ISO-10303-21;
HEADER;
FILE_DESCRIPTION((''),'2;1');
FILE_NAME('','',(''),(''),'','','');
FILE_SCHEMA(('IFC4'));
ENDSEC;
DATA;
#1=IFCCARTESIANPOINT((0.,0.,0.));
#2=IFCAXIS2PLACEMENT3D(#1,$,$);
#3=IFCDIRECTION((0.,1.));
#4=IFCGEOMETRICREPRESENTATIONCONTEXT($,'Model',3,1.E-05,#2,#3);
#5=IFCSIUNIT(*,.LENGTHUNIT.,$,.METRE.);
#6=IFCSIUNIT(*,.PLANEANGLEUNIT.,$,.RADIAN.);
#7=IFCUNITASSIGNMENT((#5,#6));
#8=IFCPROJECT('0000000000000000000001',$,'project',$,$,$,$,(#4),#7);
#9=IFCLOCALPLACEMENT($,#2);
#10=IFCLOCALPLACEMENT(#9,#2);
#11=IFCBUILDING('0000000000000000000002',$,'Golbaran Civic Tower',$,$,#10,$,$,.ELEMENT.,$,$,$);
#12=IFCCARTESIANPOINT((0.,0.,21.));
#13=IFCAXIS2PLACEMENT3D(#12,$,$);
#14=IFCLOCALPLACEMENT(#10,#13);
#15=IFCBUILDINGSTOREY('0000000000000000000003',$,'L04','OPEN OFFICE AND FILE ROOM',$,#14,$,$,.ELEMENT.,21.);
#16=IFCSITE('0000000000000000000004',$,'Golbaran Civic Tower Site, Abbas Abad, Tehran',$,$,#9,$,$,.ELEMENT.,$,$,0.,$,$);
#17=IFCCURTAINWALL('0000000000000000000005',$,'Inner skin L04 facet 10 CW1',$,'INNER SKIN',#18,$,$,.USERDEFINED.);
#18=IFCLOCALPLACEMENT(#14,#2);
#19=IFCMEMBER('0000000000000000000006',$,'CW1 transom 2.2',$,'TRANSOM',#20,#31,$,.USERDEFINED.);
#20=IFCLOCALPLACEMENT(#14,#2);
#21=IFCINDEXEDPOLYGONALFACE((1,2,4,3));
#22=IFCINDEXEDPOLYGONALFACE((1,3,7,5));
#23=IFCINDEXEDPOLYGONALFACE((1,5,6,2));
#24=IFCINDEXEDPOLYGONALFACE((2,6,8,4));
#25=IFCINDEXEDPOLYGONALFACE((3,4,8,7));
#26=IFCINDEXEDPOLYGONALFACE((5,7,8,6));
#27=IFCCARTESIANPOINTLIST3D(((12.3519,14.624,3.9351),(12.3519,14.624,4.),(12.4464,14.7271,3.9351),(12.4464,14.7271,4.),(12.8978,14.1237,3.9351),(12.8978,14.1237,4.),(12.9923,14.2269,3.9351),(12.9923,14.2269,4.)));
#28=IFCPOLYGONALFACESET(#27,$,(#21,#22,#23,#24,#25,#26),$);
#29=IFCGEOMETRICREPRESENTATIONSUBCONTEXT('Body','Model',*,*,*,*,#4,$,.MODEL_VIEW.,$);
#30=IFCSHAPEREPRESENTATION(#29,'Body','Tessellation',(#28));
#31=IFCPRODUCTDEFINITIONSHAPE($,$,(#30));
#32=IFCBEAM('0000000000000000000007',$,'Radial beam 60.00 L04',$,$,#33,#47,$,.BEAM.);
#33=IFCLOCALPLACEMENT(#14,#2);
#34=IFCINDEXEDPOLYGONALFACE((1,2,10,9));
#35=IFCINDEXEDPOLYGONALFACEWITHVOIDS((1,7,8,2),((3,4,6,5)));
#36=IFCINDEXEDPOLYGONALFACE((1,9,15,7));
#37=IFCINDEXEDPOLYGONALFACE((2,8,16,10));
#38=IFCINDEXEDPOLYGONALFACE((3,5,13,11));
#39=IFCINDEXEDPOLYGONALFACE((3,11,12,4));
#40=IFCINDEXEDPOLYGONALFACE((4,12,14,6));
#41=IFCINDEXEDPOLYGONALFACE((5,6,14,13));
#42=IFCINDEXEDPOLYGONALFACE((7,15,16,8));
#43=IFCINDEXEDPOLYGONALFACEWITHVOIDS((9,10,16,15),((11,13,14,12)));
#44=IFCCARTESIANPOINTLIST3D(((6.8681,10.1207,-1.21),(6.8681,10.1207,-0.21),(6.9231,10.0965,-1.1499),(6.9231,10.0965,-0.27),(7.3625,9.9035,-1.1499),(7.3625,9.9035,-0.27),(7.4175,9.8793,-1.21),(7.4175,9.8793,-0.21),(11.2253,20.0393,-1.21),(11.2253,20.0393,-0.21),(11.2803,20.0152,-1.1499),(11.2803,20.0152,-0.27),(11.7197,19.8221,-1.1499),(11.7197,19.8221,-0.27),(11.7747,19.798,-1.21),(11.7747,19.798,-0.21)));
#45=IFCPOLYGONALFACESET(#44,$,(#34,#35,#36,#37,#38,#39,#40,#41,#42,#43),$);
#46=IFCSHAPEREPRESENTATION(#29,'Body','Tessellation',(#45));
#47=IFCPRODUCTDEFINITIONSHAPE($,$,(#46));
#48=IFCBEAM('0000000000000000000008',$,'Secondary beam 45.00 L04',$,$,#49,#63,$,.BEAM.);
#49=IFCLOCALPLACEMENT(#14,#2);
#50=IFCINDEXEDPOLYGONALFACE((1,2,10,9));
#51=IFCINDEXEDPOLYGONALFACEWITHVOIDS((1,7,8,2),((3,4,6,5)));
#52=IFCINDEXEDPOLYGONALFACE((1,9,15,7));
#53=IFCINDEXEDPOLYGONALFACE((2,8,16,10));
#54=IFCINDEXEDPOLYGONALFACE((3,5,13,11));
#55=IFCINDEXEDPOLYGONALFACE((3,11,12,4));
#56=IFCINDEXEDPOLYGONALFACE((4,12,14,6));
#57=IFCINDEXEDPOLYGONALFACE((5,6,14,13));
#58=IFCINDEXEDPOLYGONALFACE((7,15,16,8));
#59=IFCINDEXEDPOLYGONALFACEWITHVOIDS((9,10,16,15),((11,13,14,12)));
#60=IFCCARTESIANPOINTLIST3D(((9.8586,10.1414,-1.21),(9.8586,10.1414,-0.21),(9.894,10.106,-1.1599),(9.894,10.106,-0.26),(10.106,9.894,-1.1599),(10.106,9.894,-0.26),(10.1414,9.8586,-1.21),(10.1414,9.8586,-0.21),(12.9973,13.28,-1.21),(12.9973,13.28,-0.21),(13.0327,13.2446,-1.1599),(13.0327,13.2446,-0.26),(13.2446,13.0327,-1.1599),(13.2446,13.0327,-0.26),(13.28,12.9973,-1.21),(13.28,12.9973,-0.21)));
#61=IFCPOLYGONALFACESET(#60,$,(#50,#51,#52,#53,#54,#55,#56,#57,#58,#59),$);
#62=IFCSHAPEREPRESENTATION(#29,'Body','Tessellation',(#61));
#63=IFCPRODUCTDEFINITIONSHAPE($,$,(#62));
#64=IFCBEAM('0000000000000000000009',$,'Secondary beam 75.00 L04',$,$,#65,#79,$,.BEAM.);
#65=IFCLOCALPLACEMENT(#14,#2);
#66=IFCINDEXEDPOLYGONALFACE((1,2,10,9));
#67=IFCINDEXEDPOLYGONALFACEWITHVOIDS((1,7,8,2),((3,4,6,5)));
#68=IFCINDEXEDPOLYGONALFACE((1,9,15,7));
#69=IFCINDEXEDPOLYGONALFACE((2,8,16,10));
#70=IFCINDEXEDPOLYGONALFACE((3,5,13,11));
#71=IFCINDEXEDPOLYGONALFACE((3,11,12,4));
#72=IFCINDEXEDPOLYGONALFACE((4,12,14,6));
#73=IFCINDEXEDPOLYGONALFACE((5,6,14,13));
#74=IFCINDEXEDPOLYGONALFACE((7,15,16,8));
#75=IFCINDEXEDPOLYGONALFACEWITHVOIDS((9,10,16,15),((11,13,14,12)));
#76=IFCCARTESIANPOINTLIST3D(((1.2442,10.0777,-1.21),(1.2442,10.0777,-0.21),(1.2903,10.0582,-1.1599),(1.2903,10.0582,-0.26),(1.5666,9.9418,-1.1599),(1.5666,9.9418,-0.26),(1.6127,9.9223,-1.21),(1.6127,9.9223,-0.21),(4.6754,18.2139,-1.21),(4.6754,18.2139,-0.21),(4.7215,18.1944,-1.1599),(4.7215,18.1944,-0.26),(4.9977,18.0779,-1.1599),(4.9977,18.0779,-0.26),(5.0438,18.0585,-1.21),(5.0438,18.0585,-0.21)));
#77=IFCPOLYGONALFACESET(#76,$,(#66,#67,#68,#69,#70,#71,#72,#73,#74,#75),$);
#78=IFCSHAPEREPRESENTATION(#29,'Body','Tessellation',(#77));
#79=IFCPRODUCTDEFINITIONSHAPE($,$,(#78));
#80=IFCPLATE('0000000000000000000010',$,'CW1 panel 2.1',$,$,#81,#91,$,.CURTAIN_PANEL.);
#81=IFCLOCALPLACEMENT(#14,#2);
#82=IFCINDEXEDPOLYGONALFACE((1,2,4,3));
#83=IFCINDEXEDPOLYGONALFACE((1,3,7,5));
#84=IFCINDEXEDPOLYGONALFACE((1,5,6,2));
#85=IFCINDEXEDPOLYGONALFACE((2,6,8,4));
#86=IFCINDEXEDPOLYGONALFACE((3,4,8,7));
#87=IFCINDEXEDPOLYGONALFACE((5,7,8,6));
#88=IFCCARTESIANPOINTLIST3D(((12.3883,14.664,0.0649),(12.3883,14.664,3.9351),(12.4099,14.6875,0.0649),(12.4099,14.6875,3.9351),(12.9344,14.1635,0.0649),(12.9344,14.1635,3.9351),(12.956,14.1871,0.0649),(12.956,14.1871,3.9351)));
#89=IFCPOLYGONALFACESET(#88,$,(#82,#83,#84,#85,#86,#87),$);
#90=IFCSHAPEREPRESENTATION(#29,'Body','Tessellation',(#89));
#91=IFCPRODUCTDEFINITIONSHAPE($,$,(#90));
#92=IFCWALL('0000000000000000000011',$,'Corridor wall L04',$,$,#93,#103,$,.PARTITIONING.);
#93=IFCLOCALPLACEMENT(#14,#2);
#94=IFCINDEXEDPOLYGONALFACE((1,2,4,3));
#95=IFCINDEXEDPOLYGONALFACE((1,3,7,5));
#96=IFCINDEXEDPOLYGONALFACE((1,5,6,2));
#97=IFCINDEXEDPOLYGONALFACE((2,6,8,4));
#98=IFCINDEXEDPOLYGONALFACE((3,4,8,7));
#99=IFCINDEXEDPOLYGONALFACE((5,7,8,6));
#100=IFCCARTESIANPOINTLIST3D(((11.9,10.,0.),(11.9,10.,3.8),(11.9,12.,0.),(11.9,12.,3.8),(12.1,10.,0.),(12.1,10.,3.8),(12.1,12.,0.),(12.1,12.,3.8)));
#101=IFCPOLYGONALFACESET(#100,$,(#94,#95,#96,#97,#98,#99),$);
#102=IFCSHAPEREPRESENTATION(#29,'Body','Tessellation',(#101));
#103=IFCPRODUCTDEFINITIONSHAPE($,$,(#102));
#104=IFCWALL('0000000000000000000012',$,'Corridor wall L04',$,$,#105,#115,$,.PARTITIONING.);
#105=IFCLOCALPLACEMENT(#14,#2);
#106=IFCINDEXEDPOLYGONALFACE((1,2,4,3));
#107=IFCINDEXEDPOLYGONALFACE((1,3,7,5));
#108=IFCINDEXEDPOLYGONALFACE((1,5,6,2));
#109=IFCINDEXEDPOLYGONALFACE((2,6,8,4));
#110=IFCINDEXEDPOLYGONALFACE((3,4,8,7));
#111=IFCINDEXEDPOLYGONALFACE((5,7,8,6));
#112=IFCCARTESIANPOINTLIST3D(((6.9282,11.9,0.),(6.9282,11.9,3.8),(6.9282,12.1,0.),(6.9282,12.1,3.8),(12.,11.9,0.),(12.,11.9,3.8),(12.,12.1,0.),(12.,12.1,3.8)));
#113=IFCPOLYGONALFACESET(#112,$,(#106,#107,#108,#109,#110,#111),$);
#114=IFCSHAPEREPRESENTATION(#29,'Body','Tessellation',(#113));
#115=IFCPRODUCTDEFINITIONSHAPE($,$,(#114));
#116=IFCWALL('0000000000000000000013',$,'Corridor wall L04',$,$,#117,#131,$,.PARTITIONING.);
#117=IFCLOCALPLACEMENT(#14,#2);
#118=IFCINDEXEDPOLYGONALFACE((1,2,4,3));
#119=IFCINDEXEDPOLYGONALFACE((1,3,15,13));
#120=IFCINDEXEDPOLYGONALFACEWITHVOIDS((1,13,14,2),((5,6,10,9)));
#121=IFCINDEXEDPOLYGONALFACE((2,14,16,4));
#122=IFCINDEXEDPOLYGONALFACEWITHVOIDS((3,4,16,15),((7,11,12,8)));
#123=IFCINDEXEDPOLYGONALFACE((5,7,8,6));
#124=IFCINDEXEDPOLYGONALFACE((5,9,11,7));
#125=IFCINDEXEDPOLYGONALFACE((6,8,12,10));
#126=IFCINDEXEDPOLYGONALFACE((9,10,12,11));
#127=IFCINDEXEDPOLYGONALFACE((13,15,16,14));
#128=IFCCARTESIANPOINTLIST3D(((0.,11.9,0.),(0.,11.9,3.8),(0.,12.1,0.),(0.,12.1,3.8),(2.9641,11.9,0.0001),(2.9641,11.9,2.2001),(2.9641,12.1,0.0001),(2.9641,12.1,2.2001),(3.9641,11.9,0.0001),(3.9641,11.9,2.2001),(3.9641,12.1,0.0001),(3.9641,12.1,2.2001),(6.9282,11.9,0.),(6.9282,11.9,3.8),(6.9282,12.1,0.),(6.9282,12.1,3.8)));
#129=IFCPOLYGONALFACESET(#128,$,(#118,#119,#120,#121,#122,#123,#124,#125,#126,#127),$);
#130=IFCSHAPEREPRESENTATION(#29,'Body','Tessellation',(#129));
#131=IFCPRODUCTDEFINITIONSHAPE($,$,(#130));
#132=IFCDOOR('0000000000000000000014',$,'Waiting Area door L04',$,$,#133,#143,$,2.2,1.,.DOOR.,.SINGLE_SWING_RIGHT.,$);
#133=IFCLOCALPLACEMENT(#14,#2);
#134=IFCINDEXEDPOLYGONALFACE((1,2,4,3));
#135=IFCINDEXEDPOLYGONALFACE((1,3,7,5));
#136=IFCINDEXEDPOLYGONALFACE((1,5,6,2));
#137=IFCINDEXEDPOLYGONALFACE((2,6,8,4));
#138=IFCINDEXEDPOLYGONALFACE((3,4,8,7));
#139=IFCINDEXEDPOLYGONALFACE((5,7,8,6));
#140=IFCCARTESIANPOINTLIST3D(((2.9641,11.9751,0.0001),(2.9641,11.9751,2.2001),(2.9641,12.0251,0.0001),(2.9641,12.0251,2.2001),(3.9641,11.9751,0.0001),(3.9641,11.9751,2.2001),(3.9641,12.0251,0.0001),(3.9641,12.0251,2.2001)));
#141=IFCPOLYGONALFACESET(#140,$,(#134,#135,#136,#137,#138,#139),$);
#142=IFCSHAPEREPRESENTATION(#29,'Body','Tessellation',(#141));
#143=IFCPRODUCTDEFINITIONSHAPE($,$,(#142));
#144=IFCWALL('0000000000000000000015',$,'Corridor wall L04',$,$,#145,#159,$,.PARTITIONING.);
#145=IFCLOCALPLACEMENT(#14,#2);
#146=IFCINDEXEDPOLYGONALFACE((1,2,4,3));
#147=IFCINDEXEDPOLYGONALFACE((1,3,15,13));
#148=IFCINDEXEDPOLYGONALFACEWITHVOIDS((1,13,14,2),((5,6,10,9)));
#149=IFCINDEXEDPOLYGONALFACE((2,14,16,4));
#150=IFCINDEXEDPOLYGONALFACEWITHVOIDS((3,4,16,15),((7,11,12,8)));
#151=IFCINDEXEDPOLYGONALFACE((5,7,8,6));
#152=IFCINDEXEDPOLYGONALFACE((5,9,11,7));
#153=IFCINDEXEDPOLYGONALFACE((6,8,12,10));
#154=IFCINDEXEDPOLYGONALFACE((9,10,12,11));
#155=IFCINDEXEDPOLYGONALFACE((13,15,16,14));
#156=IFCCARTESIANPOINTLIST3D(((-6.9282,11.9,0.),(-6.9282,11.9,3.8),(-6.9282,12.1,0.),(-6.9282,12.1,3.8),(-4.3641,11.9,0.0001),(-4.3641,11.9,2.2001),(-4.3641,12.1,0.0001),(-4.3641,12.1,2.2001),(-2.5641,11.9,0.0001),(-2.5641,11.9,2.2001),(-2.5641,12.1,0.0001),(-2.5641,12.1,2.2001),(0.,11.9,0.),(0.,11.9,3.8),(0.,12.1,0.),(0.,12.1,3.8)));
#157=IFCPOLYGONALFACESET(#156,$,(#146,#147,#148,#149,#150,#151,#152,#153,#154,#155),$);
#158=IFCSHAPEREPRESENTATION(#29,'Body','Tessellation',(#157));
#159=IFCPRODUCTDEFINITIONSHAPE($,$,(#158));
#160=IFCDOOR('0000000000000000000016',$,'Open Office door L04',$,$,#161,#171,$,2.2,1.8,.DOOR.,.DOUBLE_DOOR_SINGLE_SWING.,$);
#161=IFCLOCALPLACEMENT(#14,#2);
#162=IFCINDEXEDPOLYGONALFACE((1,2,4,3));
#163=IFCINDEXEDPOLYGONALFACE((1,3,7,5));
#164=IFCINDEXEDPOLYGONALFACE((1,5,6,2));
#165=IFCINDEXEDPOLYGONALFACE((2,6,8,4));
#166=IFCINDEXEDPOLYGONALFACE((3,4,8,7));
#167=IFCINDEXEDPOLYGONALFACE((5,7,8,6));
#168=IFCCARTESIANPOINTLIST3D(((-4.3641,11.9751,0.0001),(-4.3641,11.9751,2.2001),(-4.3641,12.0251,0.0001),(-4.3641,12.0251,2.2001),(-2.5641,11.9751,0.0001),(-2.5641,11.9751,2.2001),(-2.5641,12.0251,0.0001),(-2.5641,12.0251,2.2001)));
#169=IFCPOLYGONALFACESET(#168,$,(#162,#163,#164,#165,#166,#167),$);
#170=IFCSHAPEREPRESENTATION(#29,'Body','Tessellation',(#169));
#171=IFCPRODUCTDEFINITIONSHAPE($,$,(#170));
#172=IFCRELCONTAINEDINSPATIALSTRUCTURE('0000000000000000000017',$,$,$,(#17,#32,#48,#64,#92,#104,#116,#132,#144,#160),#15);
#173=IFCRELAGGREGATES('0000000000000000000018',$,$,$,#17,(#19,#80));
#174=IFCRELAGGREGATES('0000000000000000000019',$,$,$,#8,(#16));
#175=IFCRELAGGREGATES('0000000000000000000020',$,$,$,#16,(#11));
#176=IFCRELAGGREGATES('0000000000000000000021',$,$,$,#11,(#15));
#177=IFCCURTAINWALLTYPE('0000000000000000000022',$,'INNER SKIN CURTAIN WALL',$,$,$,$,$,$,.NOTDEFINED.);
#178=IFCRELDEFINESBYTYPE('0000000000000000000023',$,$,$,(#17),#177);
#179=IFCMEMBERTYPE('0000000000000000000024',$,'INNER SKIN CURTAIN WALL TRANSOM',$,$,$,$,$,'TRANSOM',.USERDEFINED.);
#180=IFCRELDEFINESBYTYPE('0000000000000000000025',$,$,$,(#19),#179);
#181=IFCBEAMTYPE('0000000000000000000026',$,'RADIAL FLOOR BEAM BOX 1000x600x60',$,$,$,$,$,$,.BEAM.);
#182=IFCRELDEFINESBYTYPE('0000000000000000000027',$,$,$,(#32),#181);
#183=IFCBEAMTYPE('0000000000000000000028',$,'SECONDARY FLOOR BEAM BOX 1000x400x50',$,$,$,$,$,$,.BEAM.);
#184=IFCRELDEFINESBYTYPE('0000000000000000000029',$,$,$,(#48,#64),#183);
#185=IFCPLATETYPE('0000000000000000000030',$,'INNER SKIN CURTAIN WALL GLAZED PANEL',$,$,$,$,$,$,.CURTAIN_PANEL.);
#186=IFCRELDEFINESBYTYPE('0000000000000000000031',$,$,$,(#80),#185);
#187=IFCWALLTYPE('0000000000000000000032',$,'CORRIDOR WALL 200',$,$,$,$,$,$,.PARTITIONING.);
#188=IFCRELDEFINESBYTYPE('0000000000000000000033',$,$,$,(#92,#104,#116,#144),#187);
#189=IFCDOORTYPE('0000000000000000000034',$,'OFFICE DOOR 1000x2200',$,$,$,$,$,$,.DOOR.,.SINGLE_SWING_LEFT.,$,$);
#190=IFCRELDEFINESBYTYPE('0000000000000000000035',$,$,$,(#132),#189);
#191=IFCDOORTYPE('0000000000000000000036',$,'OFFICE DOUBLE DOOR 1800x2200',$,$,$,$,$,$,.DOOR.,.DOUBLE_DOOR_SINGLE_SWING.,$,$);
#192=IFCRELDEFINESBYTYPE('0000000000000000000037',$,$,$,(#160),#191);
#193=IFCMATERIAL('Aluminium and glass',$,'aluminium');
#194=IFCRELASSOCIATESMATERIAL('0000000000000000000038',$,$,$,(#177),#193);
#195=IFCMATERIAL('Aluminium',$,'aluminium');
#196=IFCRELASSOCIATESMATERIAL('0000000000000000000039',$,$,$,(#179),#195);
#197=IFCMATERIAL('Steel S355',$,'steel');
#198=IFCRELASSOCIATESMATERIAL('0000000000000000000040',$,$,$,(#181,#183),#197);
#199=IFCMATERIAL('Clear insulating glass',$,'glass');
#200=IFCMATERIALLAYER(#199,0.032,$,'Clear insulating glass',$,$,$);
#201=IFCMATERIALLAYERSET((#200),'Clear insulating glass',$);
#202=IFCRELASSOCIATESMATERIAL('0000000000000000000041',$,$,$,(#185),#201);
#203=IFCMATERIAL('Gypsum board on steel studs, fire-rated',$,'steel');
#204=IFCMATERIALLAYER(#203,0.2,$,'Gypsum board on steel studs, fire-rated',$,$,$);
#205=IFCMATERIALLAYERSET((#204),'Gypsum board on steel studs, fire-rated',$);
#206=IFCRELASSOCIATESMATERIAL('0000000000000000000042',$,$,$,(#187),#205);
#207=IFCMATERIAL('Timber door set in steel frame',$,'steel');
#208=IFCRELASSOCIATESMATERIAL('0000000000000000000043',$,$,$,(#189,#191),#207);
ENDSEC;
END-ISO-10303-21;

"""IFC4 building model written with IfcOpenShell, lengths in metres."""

from ifc_helpers import new_model, si_unit, direction, frame, frame_2d, origin, origin_2d, place, context, subcontext, project, spatial, rectangle, hollow_rectangle, extrude, material, layer, layer_set, material_profile, profile_set, type_object, element, fill, aggregate, save


model = new_model("IFC4")

# Units and contexts
model_context = context("Model", 3, precision=1e-05, world=origin(), true_north=direction((0.0, 1.0)))
body_context = subcontext(model_context, "Body", "Model", "MODEL_VIEW")
ifc_project = project(units=[si_unit("LENGTHUNIT", "METRE"), si_unit("PLANEANGLEUNIT", "RADIAN")], contexts=[model_context])

# Site, building, storey
site_placement = place(None, origin())
site = spatial("IfcSite", under=ifc_project, at=site_placement, Name="Golbaran Civic Tower Site, Abbas Abad, Tehran", CompositionType="ELEMENT", RefElevation=0.0)
building_placement = place(site_placement, origin())
building = spatial("IfcBuilding", under=site, at=building_placement, Name="Golbaran Civic Tower", CompositionType="ELEMENT")
storey_placement = place(building_placement, frame((0.0, 0.0, 21.0)))
storey = spatial("IfcBuildingStorey", under=building, at=storey_placement, Name="L04", Description="OPEN OFFICE AND FILE ROOM", CompositionType="ELEMENT", Elevation=21.0)

# Shared definitions
ifc_material_1 = material(Name="Steel S355", Category="steel")

# Curtain wall, member
ifc_material_2 = material(Name="Aluminium and glass", Category="aluminium")
curtain_wall_type = type_object("IfcCurtainWallType", Name="INNER SKIN CURTAIN WALL", PredefinedType="NOTDEFINED", material=ifc_material_2)
curtain_wall_placement = place(storey_placement, origin())
curtain_wall = element("IfcCurtainWall", 1, at=curtain_wall_placement, inside=storey, type_object=curtain_wall_type, Name="Inner skin L04 facet 10 CW1", ObjectType="INNER SKIN", PredefinedType="USERDEFINED")
ifc_material_3 = material(Name="Aluminium", Category="aluminium")
ifc_material_profile_1 = material_profile(ifc_material_3, rectangle(XDim=0.1399, YDim=0.0649, at=origin_2d()), Name="INNER SKIN CURTAIN WALL TRANSOM")
ifc_profile_set_1 = profile_set([ifc_material_profile_1], Name="Aluminium")
member_type_1 = type_object("IfcMemberType", Name="INNER SKIN CURTAIN WALL TRANSOM", ElementType="TRANSOM", PredefinedType="USERDEFINED", material=ifc_profile_set_1)
member_1_placement = place(storey_placement, frame((12.9451, 14.1753, 3.9675), z_axis=(-0.737264, 0.675605, 0.0), x_axis=(-0.675605, -0.737264, 0.0)))
member_1 = element("IfcMember", 2, at=member_1_placement, type_object=member_type_1, Name="CW1 transom 2.2", ObjectType="TRANSOM", PredefinedType="USERDEFINED", context=body_context, shape_type="SweptSolid", body=[
    extrude(rectangle(XDim=0.1399, YDim=0.0649, at=origin_2d()), origin(), (0.0, 0.0, 1.0), 0.7405),
])

# Beams
ifc_material_profile_2 = material_profile(ifc_material_1, hollow_rectangle(XDim=0.6001, YDim=1.0, WallThickness=0.0601, at=origin_2d()), Name="BOX 1000x600x60")
ifc_profile_set_2 = profile_set([ifc_material_profile_2], Name="Steel S355")
beam_type_1 = type_object("IfcBeamType", Name="RADIAL FLOOR BEAM BOX 1000x600x60", PredefinedType="BEAM", material=ifc_profile_set_2)
beam_1_placement = place(storey_placement, frame((7.1428, 10.0, -0.71), z_axis=(0.402193, 0.915555, 0.0), x_axis=(-0.915555, 0.402193, 0.0)))
element("IfcBeam", 3, at=beam_1_placement, inside=storey, type_object=beam_type_1, Name="Radial beam 60.00 L04", PredefinedType="BEAM", context=body_context, shape_type="SweptSolid", body=[
    extrude(hollow_rectangle(XDim=0.6001, YDim=1.0, WallThickness=0.0601, at=origin_2d()), origin(), (0.0, 0.0, 1.0), 10.8335),
])
ifc_material_profile_3 = material_profile(ifc_material_1, hollow_rectangle(XDim=0.3999, YDim=1.0, WallThickness=0.05, at=origin_2d()), Name="BOX 1000x400x50")
ifc_profile_set_3 = profile_set([ifc_material_profile_3], Name="Steel S355")
beam_type_2 = type_object("IfcBeamType", Name="SECONDARY FLOOR BEAM BOX 1000x400x50", PredefinedType="BEAM", material=ifc_profile_set_3)
beam_2_placement = place(storey_placement, frame((10.0, 10.0, -0.71), z_axis=(0.707107, 0.707107, 0.0), x_axis=(-0.707107, 0.707107, 0.0)))
element("IfcBeam", 4, at=beam_2_placement, inside=storey, type_object=beam_type_2, Name="Secondary beam 45.00 L04", PredefinedType="BEAM", context=body_context, shape_type="SweptSolid", body=[
    extrude(hollow_rectangle(XDim=0.3999, YDim=1.0, WallThickness=0.05, at=origin_2d()), origin(), (0.0, 0.0, 1.0), 4.4387),
])
beam_3_placement = place(storey_placement, frame((1.4285, 10.0, -0.71), z_axis=(0.388574, 0.921418, 0.0), x_axis=(-0.921418, 0.388574, 0.0)))
element("IfcBeam", 5, at=beam_3_placement, inside=storey, type_object=beam_type_2, Name="Secondary beam 75.00 L04", PredefinedType="BEAM", context=body_context, shape_type="SweptSolid", body=[
    extrude(hollow_rectangle(XDim=0.3999, YDim=1.0, WallThickness=0.05, at=origin_2d()), origin(), (0.0, 0.0, 1.0), 8.8301),
])

# Plate
ifc_material_4 = material(Name="Clear insulating glass", Category="glass")
ifc_layer_1 = layer(ifc_material_4, 0.032, Name="Clear insulating glass")
ifc_layer_set_1 = layer_set([ifc_layer_1], Name="Clear insulating glass")
plate_type = type_object("IfcPlateType", Name="INNER SKIN CURTAIN WALL GLAZED PANEL", PredefinedType="CURTAIN_PANEL", material=ifc_layer_set_1)
plate_placement = place(storey_placement, frame((12.6721, 14.4255, 0.0649), z_axis=(0.0, 0.0, 1.0), x_axis=(-0.737277, 0.67559, 0.0)))
plate = element("IfcPlate", 6, at=plate_placement, type_object=plate_type, Name="CW1 panel 2.1", PredefinedType="CURTAIN_PANEL", context=body_context, shape_type="SweptSolid", body=[
    extrude(rectangle(XDim=0.7407, YDim=0.032, at=origin_2d()), origin(), (0.0, 0.0, 1.0), 3.8701),
])
aggregate(curtain_wall, [member_1, plate])

# Walls
ifc_material_5 = material(Name="Gypsum board on steel studs, fire-rated", Category="steel")
ifc_layer_2 = layer(ifc_material_5, 0.2, Name="Gypsum board on steel studs, fire-rated")
ifc_layer_set_2 = layer_set([ifc_layer_2], Name="Gypsum board on steel studs, fire-rated")
wall_type_1 = type_object("IfcWallType", Name="CORRIDOR WALL 200", PredefinedType="PARTITIONING", material=ifc_layer_set_2)
wall_1_placement = place(storey_placement, frame((12.0, 10.0, 0.0), z_axis=(0.0, 0.0, 1.0), x_axis=(0.0, 1.0, 0.0)))
element("IfcWall", 7, at=wall_1_placement, inside=storey, type_object=wall_type_1, Name="Corridor wall L04", PredefinedType="PARTITIONING", context=body_context, shape_type="SweptSolid", body=[
    extrude(rectangle(XDim=2.0, YDim=0.2, at=frame_2d((1.0, 0.0))), origin(), (0.0, 0.0, 1.0), 3.8),
])
wall_2_placement = place(storey_placement, frame((12.0, 12.0, 0.0), z_axis=(0.0, 0.0, 1.0), x_axis=(-1.0, 0.0, 0.0)))
element("IfcWall", 8, at=wall_2_placement, inside=storey, type_object=wall_type_1, Name="Corridor wall L04", PredefinedType="PARTITIONING", context=body_context, shape_type="SweptSolid", body=[
    extrude(rectangle(XDim=5.0718, YDim=0.2, at=frame_2d((2.5359, 0.0))), origin(), (0.0, 0.0, 1.0), 3.8),
])

# Walls, openings, doors
wall_3_placement = place(storey_placement, frame((6.9282, 12.0, 0.0), z_axis=(0.0, 0.0, 1.0), x_axis=(-1.0, 0.0, 0.0)))
wall_3 = element("IfcWall", 9, at=wall_3_placement, inside=storey, type_object=wall_type_1, Name="Corridor wall L04", PredefinedType="PARTITIONING", context=body_context, shape_type="SweptSolid", body=[
    extrude(rectangle(XDim=6.9282, YDim=0.2, at=frame_2d((3.4641, 0.0))), origin(), (0.0, 0.0, 1.0), 3.8),
])
opening_1_placement = place(wall_3_placement, frame((2.9641, 0.0, 0.0)))
opening_1 = element("IfcOpeningElement", 10, at=opening_1_placement, cuts=wall_3, PredefinedType="OPENING", context=body_context, shape_type="SweptSolid", body=[
    extrude(rectangle(XDim=1.0, YDim=2.2, at=frame_2d((0.5, 1.1001))), frame((0.0, 0.1099, 0.0), z_axis=(0.0, -1.0, 0.0), x_axis=(1.0, 0.0, 0.0)), (0.0, 0.0, 1.0), 0.22),
])
ifc_material_6 = material(Name="Timber door set in steel frame", Category="steel")
door_type_1 = type_object("IfcDoorType", Name="OFFICE DOOR 1000x2200", OperationType="SINGLE_SWING_LEFT", PredefinedType="DOOR", material=ifc_material_6)
door_1_placement = place(opening_1_placement, origin())
door_1 = element("IfcDoor", 11, at=door_1_placement, inside=storey, type_object=door_type_1, Name="Waiting Area door L04", OperationType="SINGLE_SWING_RIGHT", OverallHeight=2.2, OverallWidth=1.0, PredefinedType="DOOR", context=body_context, shape_type="SweptSolid", body=[
    extrude(rectangle(XDim=1.0, YDim=2.2, at=frame_2d((0.5, 1.1001))), frame((0.0, 0.0249, 0.0), z_axis=(0.0, -1.0, 0.0), x_axis=(1.0, 0.0, 0.0)), (0.0, 0.0, 1.0), 0.05),
])
fill(opening_1, door_1)
wall_4_placement = place(storey_placement, frame((0.0, 12.0, 0.0), z_axis=(0.0, 0.0, 1.0), x_axis=(-1.0, 0.0, 0.0)))
wall_4 = element("IfcWall", 12, at=wall_4_placement, inside=storey, type_object=wall_type_1, Name="Corridor wall L04", PredefinedType="PARTITIONING", context=body_context, shape_type="SweptSolid", body=[
    extrude(rectangle(XDim=6.9282, YDim=0.2, at=frame_2d((3.4641, 0.0))), origin(), (0.0, 0.0, 1.0), 3.8),
])
opening_2_placement = place(wall_4_placement, frame((2.5642, 0.0, 0.0)))
opening_2 = element("IfcOpeningElement", 13, at=opening_2_placement, cuts=wall_4, PredefinedType="OPENING", context=body_context, shape_type="SweptSolid", body=[
    extrude(rectangle(XDim=1.8, YDim=2.2, at=frame_2d((0.8999, 1.1001))), frame((0.0, 0.1099, 0.0), z_axis=(0.0, -1.0, 0.0), x_axis=(1.0, 0.0, 0.0)), (0.0, 0.0, 1.0), 0.22),
])
door_type_2 = type_object("IfcDoorType", Name="OFFICE DOUBLE DOOR 1800x2200", OperationType="DOUBLE_DOOR_SINGLE_SWING", PredefinedType="DOOR", material=ifc_material_6)
door_2_placement = place(opening_2_placement, origin())
door_2 = element("IfcDoor", 14, at=door_2_placement, inside=storey, type_object=door_type_2, Name="Open Office door L04", OperationType="DOUBLE_DOOR_SINGLE_SWING", OverallHeight=2.2, OverallWidth=1.8, PredefinedType="DOOR", context=body_context, shape_type="SweptSolid", body=[
    extrude(rectangle(XDim=1.8, YDim=2.2, at=frame_2d((0.8999, 1.1001))), frame((0.0, 0.0249, 0.0), z_axis=(0.0, -1.0, 0.0), x_axis=(1.0, 0.0, 0.0)), (0.0, 0.0, 1.0), 0.05),
])
fill(opening_2, door_2)

save(model, "model.ifc")
